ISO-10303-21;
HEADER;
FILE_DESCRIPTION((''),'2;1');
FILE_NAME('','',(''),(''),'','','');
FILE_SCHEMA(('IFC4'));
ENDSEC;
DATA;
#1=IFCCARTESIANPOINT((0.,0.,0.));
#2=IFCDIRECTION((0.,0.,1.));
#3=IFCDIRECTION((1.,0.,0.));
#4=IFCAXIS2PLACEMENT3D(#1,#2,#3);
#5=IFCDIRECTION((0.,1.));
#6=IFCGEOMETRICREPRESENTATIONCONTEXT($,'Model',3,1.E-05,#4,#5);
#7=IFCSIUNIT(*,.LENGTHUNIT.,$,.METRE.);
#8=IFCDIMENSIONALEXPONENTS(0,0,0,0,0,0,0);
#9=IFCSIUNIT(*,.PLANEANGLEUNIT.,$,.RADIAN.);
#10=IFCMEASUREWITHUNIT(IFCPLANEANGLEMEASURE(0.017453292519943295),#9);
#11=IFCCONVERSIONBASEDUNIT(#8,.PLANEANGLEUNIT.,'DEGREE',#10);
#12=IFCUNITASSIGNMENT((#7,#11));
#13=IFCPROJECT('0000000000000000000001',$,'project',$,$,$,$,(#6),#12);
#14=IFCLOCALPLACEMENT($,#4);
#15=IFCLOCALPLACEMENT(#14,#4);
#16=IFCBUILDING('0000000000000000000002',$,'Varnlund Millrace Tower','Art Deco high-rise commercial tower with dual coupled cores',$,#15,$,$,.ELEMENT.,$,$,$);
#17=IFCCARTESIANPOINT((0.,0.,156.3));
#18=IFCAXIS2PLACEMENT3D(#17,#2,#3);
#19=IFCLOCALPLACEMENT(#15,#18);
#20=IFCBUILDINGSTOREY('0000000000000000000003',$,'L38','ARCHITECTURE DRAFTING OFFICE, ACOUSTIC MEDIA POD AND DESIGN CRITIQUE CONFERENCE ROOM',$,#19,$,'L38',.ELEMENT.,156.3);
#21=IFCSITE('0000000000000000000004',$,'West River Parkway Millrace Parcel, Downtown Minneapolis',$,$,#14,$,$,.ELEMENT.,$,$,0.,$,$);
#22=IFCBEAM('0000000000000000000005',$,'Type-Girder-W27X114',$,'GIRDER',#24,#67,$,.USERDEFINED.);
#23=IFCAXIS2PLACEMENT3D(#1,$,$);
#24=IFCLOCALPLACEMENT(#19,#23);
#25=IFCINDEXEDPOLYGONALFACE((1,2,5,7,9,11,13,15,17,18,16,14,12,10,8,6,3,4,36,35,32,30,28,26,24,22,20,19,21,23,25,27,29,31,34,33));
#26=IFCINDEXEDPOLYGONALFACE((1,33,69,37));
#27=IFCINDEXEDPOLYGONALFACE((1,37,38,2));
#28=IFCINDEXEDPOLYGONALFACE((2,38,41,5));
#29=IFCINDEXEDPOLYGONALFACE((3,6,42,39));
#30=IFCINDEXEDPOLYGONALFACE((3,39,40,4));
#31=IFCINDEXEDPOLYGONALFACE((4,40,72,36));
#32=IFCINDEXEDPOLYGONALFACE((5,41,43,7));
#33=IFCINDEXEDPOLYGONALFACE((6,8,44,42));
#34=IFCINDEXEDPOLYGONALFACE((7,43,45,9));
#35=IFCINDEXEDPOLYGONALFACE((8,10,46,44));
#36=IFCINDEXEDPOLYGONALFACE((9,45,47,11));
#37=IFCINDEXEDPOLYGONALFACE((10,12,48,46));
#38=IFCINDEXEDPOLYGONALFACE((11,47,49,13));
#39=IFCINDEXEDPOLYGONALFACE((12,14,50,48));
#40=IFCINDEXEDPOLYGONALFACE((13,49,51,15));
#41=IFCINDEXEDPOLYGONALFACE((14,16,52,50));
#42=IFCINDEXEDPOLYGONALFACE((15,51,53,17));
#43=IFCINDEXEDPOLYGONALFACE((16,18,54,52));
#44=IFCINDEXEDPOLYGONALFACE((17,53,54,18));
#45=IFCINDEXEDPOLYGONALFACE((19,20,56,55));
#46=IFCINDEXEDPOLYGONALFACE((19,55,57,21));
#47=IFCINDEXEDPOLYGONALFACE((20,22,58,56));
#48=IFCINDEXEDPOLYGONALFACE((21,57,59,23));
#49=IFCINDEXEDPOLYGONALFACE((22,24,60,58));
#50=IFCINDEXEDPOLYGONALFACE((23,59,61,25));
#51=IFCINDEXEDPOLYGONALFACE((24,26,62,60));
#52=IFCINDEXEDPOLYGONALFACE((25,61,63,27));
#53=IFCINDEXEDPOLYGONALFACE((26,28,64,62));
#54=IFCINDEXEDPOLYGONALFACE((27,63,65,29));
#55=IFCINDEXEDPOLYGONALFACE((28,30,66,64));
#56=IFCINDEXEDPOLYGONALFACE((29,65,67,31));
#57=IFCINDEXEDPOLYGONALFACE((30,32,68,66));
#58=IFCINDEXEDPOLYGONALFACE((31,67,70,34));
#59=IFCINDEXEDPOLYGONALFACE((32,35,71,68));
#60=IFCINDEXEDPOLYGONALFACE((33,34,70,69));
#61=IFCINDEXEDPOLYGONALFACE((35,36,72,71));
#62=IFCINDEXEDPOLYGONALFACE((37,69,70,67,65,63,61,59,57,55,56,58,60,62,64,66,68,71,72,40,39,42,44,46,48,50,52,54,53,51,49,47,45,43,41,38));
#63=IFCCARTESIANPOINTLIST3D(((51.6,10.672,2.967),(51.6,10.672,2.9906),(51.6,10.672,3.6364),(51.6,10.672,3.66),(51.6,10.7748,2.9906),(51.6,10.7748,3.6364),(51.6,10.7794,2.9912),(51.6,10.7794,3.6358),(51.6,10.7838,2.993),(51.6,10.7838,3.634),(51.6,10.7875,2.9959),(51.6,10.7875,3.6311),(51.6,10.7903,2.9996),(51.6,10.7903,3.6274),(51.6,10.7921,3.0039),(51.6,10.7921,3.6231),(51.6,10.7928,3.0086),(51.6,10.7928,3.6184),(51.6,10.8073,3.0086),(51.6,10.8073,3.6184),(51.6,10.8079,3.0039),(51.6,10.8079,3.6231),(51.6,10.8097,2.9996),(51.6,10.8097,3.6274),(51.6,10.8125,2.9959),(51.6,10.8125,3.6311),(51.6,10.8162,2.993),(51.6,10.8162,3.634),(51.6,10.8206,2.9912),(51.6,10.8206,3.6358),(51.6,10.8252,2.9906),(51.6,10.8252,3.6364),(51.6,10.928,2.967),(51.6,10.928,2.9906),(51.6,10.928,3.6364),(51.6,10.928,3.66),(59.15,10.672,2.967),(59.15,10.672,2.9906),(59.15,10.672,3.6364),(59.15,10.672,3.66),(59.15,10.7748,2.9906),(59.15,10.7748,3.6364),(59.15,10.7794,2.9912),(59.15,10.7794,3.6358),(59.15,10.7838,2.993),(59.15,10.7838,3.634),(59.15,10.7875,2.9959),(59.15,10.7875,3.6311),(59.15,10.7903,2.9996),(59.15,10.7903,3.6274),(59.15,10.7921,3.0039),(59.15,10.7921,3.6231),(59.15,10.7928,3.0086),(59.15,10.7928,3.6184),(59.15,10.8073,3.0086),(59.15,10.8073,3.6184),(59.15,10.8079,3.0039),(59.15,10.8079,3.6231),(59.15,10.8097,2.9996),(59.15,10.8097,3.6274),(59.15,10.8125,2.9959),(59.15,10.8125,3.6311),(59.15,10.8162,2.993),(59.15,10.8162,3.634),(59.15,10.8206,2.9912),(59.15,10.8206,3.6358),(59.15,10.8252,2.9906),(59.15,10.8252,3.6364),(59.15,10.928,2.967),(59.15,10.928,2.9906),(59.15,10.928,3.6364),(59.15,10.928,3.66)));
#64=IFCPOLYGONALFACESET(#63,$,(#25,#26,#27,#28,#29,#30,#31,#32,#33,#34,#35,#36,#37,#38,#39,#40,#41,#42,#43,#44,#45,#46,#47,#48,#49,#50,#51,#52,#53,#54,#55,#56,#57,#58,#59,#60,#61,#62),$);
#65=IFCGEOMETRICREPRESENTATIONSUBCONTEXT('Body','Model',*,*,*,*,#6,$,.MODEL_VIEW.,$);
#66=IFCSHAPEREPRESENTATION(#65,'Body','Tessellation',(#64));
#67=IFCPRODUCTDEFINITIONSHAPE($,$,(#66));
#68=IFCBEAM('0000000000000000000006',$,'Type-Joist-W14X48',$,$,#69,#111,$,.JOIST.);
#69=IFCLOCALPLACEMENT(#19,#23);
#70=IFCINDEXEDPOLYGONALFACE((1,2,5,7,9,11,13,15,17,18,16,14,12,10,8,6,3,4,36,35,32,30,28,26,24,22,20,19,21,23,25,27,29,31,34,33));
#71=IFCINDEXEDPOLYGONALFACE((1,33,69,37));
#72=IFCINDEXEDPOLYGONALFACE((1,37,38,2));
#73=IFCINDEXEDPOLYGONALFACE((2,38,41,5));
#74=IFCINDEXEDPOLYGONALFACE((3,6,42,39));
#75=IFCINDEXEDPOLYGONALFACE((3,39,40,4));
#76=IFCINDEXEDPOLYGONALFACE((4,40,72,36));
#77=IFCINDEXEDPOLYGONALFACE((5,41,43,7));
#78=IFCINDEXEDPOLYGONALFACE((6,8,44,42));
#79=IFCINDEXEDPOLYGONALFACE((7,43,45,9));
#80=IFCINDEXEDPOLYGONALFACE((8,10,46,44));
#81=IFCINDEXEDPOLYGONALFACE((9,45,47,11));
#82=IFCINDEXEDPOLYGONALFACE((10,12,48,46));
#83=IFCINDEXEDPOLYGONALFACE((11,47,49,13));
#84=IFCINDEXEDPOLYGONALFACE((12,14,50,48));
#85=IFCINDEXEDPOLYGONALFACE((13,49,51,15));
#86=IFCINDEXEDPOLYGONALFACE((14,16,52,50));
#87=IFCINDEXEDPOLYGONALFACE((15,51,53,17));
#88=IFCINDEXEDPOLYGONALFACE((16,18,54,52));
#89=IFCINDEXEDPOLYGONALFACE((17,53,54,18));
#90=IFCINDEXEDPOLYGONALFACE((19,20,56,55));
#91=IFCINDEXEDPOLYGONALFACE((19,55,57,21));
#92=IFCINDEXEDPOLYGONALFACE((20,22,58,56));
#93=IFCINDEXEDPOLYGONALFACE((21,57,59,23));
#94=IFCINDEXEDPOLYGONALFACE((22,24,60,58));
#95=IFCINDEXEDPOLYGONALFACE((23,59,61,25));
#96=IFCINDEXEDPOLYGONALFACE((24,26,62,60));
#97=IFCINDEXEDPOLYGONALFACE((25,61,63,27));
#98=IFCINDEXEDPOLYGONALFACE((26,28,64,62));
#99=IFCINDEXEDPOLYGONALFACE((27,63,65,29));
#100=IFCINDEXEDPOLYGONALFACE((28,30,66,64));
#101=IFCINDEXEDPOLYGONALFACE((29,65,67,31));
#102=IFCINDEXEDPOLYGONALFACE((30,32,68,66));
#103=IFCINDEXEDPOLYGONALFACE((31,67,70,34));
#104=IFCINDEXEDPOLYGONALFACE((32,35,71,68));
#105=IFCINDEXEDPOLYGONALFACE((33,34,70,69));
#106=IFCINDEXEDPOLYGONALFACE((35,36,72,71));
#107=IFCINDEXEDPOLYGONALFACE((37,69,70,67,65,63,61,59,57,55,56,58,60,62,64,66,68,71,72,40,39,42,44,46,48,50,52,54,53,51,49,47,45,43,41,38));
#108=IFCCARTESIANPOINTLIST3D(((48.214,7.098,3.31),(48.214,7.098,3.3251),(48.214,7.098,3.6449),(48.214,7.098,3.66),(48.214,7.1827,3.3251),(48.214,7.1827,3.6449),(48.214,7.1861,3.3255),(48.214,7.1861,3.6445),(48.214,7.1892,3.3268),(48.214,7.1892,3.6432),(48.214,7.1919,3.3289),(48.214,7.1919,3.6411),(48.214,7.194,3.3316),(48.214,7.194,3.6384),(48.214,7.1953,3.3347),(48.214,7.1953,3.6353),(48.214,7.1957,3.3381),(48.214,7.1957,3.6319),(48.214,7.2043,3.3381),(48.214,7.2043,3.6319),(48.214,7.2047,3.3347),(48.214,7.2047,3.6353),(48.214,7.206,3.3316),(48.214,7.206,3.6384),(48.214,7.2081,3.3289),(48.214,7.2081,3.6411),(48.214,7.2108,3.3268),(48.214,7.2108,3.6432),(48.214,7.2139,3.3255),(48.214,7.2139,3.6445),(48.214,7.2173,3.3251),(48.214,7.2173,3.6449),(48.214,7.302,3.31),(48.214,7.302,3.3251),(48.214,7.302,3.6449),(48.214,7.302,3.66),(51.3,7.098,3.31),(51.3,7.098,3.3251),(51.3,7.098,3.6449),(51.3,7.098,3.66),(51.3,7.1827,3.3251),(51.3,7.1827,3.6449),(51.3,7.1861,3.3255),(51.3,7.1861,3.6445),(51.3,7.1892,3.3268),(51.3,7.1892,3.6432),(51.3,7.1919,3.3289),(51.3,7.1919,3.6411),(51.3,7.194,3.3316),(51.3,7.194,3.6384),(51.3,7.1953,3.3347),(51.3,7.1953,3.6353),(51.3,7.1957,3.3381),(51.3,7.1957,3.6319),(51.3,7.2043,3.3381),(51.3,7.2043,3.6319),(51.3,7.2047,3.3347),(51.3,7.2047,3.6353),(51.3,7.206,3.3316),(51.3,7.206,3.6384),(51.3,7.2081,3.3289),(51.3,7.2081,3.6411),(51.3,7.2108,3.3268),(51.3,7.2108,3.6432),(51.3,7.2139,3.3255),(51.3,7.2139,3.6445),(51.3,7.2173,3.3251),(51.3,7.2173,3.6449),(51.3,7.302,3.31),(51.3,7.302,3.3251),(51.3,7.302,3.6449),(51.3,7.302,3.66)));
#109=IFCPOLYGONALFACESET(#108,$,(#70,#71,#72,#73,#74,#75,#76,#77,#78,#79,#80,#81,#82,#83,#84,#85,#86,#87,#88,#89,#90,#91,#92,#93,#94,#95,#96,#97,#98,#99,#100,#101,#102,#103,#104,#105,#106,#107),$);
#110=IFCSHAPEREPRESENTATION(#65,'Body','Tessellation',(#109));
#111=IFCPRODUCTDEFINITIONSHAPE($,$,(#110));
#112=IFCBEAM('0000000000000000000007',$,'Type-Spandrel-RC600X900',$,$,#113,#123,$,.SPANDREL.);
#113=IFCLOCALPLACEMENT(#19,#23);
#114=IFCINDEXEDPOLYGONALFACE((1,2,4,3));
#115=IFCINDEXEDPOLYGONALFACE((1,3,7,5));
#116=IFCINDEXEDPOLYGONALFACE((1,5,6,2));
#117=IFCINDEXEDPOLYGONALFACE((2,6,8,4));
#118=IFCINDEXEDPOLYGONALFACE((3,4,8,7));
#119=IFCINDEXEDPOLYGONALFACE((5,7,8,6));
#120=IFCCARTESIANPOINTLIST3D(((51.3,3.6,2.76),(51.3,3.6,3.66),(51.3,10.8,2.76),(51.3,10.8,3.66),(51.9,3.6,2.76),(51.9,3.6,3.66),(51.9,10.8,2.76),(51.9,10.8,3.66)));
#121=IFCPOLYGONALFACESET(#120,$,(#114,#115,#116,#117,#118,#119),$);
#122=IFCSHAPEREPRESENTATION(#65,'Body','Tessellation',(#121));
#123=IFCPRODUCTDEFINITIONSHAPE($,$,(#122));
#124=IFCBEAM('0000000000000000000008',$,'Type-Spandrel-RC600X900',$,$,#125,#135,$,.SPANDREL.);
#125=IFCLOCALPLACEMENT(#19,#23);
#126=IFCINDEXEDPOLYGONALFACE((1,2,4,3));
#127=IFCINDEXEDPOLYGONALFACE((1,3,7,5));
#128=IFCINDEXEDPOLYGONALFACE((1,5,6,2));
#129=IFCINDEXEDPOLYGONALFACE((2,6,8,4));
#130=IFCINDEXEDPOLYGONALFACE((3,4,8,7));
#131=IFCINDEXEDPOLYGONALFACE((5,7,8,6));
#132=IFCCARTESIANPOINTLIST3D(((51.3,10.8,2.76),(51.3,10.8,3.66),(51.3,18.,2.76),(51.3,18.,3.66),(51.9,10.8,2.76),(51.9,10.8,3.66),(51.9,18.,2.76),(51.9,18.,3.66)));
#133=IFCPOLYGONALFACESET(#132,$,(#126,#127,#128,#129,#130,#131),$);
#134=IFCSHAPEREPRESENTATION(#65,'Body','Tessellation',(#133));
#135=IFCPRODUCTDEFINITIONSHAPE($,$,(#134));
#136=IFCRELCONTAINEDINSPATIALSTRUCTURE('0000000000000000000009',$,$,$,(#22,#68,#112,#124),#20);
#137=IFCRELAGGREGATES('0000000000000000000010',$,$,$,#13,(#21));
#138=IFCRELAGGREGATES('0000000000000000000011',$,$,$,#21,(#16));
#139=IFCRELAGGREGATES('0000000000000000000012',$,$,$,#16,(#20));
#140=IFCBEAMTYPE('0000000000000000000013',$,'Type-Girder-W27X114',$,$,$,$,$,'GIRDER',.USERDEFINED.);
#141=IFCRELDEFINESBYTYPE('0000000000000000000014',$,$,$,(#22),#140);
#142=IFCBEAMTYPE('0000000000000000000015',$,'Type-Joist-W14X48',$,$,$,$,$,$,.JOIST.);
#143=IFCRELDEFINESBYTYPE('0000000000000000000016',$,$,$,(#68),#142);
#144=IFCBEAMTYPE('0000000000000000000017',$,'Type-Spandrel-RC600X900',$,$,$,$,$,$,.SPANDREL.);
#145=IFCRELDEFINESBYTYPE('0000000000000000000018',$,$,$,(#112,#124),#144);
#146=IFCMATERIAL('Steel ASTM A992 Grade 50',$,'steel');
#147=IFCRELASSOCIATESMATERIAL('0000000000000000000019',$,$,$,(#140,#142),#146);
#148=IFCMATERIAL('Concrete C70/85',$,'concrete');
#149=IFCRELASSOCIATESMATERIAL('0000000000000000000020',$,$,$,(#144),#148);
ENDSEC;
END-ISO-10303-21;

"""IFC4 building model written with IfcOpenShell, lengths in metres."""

from ifc_helpers import new_model, entity, si_unit, converted_unit, direction, frame, origin_with_axes, origin_2d_with_axis, place, context, subcontext, project, spatial, rectangle, i_section, extrude, material, material_profile, profile_set, type_object, element, save


model = new_model("IFC4")

# Units and contexts
model_context = context("Model", 3, precision=1e-05, world=origin_with_axes(), true_north=direction((0.0, 1.0)))
body_context = subcontext(model_context, "Body", "Model", "MODEL_VIEW")
ifc_project = project(units=[si_unit("LENGTHUNIT", "METRE"), converted_unit("PLANEANGLEUNIT", "DEGREE", entity("IfcPlaneAngleMeasure", 0.017453292519943295), si_unit("PLANEANGLEUNIT", "RADIAN"), dimensions=[0, 0, 0, 0, 0, 0, 0])], contexts=[model_context])

# Site, building, storey
site_placement = place(None, origin_with_axes())
site = spatial("IfcSite", under=ifc_project, at=site_placement, Name="West River Parkway Millrace Parcel, Downtown Minneapolis", CompositionType="ELEMENT", RefElevation=0.0)
building_placement = place(site_placement, origin_with_axes())
building = spatial("IfcBuilding", under=site, at=building_placement, Name="Varnlund Millrace Tower", Description="Art Deco high-rise commercial tower with dual coupled cores", CompositionType="ELEMENT")
storey_placement = place(building_placement, frame((0.0, 0.0, 156.3), z_axis=(0.0, 0.0, 1.0), x_axis=(1.0, 0.0, 0.0)))
storey = spatial("IfcBuildingStorey", under=building, at=storey_placement, Name="L38", Description="ARCHITECTURE DRAFTING OFFICE, ACOUSTIC MEDIA POD AND DESIGN CRITIQUE CONFERENCE ROOM", LongName="L38", CompositionType="ELEMENT", Elevation=156.3)

# Beams
ifc_material_1 = material(Name="Steel ASTM A992 Grade 50", Category="steel")
ifc_material_profile_1 = material_profile(ifc_material_1, i_section(OverallWidth=0.256, OverallDepth=0.693, WebThickness=0.0145, FlangeThickness=0.0236, FilletRadius=0.018, at=origin_2d_with_axis()), Name="Steel ASTM A992 Grade 50")
ifc_profile_set_1 = profile_set([ifc_material_profile_1], Name="Steel ASTM A992 Grade 50")
beam_type_1 = type_object("IfcBeamType", Name="Type-Girder-W27X114", ElementType="GIRDER", PredefinedType="USERDEFINED", material=ifc_profile_set_1)
beam_1_placement = place(storey_placement, frame((51.6, 10.8, 3.3135), z_axis=(1.0, 0.0, 0.0), x_axis=(0.0, 1.0, 0.0)))
element("IfcBeam", 1, at=beam_1_placement, inside=storey, type_object=beam_type_1, Name="Type-Girder-W27X114", ObjectType="GIRDER", PredefinedType="USERDEFINED", context=body_context, shape_type="SweptSolid", body=[
    extrude(i_section(OverallWidth=0.256, OverallDepth=0.693, WebThickness=0.0145, FlangeThickness=0.0236, FilletRadius=0.018, at=origin_2d_with_axis()), origin_with_axes(), (0.0, 0.0, 1.0), 7.55),
])
ifc_material_profile_2 = material_profile(ifc_material_1, i_section(OverallWidth=0.204, OverallDepth=0.35, WebThickness=0.0086, FlangeThickness=0.0151, FilletRadius=0.013, at=origin_2d_with_axis()), Name="Steel ASTM A992 Grade 50")
ifc_profile_set_2 = profile_set([ifc_material_profile_2], Name="Steel ASTM A992 Grade 50")
beam_type_2 = type_object("IfcBeamType", Name="Type-Joist-W14X48", PredefinedType="JOIST", material=ifc_profile_set_2)
beam_2_placement = place(storey_placement, frame((48.214, 7.2, 3.485), z_axis=(1.0, 0.0, 0.0), x_axis=(0.0, 1.0, 0.0)))
element("IfcBeam", 2, at=beam_2_placement, inside=storey, type_object=beam_type_2, Name="Type-Joist-W14X48", PredefinedType="JOIST", context=body_context, shape_type="SweptSolid", body=[
    extrude(i_section(OverallWidth=0.204, OverallDepth=0.35, WebThickness=0.0086, FlangeThickness=0.0151, FilletRadius=0.013, at=origin_2d_with_axis()), origin_with_axes(), (0.0, 0.0, 1.0), 3.086),
])
ifc_material_2 = material(Name="Concrete C70/85", Category="concrete")
ifc_material_profile_3 = material_profile(ifc_material_2, rectangle(XDim=0.6, YDim=0.9, at=origin_2d_with_axis()), Name="Concrete C70/85")
ifc_profile_set_3 = profile_set([ifc_material_profile_3], Name="Concrete C70/85")
beam_type_3 = type_object("IfcBeamType", Name="Type-Spandrel-RC600X900", PredefinedType="SPANDREL", material=ifc_profile_set_3)
for number, where, z_axis, x_axis, name in (
    (3, (51.6, 3.6, 3.21), (0.0, 1.0, 0.0), (-1.0, 0.0, 0.0), "Type-Spandrel-RC600X900"),
    (4, (51.6, 10.8, 3.21), (0.0, 1.0, 0.0), (-1.0, 0.0, 0.0), "Type-Spandrel-RC600X900"),
):
    element("IfcBeam", number, at=place(storey_placement, frame(where, z_axis=z_axis, x_axis=x_axis)), inside=storey, type_object=beam_type_3, Name=name, PredefinedType="SPANDREL", context=body_context, shape_type="SweptSolid", body=[
        extrude(rectangle(XDim=0.6, YDim=0.9, at=origin_2d_with_axis()), origin_with_axes(), (0.0, 0.0, 1.0), 7.2),
    ])

save(model, "model.ifc")
